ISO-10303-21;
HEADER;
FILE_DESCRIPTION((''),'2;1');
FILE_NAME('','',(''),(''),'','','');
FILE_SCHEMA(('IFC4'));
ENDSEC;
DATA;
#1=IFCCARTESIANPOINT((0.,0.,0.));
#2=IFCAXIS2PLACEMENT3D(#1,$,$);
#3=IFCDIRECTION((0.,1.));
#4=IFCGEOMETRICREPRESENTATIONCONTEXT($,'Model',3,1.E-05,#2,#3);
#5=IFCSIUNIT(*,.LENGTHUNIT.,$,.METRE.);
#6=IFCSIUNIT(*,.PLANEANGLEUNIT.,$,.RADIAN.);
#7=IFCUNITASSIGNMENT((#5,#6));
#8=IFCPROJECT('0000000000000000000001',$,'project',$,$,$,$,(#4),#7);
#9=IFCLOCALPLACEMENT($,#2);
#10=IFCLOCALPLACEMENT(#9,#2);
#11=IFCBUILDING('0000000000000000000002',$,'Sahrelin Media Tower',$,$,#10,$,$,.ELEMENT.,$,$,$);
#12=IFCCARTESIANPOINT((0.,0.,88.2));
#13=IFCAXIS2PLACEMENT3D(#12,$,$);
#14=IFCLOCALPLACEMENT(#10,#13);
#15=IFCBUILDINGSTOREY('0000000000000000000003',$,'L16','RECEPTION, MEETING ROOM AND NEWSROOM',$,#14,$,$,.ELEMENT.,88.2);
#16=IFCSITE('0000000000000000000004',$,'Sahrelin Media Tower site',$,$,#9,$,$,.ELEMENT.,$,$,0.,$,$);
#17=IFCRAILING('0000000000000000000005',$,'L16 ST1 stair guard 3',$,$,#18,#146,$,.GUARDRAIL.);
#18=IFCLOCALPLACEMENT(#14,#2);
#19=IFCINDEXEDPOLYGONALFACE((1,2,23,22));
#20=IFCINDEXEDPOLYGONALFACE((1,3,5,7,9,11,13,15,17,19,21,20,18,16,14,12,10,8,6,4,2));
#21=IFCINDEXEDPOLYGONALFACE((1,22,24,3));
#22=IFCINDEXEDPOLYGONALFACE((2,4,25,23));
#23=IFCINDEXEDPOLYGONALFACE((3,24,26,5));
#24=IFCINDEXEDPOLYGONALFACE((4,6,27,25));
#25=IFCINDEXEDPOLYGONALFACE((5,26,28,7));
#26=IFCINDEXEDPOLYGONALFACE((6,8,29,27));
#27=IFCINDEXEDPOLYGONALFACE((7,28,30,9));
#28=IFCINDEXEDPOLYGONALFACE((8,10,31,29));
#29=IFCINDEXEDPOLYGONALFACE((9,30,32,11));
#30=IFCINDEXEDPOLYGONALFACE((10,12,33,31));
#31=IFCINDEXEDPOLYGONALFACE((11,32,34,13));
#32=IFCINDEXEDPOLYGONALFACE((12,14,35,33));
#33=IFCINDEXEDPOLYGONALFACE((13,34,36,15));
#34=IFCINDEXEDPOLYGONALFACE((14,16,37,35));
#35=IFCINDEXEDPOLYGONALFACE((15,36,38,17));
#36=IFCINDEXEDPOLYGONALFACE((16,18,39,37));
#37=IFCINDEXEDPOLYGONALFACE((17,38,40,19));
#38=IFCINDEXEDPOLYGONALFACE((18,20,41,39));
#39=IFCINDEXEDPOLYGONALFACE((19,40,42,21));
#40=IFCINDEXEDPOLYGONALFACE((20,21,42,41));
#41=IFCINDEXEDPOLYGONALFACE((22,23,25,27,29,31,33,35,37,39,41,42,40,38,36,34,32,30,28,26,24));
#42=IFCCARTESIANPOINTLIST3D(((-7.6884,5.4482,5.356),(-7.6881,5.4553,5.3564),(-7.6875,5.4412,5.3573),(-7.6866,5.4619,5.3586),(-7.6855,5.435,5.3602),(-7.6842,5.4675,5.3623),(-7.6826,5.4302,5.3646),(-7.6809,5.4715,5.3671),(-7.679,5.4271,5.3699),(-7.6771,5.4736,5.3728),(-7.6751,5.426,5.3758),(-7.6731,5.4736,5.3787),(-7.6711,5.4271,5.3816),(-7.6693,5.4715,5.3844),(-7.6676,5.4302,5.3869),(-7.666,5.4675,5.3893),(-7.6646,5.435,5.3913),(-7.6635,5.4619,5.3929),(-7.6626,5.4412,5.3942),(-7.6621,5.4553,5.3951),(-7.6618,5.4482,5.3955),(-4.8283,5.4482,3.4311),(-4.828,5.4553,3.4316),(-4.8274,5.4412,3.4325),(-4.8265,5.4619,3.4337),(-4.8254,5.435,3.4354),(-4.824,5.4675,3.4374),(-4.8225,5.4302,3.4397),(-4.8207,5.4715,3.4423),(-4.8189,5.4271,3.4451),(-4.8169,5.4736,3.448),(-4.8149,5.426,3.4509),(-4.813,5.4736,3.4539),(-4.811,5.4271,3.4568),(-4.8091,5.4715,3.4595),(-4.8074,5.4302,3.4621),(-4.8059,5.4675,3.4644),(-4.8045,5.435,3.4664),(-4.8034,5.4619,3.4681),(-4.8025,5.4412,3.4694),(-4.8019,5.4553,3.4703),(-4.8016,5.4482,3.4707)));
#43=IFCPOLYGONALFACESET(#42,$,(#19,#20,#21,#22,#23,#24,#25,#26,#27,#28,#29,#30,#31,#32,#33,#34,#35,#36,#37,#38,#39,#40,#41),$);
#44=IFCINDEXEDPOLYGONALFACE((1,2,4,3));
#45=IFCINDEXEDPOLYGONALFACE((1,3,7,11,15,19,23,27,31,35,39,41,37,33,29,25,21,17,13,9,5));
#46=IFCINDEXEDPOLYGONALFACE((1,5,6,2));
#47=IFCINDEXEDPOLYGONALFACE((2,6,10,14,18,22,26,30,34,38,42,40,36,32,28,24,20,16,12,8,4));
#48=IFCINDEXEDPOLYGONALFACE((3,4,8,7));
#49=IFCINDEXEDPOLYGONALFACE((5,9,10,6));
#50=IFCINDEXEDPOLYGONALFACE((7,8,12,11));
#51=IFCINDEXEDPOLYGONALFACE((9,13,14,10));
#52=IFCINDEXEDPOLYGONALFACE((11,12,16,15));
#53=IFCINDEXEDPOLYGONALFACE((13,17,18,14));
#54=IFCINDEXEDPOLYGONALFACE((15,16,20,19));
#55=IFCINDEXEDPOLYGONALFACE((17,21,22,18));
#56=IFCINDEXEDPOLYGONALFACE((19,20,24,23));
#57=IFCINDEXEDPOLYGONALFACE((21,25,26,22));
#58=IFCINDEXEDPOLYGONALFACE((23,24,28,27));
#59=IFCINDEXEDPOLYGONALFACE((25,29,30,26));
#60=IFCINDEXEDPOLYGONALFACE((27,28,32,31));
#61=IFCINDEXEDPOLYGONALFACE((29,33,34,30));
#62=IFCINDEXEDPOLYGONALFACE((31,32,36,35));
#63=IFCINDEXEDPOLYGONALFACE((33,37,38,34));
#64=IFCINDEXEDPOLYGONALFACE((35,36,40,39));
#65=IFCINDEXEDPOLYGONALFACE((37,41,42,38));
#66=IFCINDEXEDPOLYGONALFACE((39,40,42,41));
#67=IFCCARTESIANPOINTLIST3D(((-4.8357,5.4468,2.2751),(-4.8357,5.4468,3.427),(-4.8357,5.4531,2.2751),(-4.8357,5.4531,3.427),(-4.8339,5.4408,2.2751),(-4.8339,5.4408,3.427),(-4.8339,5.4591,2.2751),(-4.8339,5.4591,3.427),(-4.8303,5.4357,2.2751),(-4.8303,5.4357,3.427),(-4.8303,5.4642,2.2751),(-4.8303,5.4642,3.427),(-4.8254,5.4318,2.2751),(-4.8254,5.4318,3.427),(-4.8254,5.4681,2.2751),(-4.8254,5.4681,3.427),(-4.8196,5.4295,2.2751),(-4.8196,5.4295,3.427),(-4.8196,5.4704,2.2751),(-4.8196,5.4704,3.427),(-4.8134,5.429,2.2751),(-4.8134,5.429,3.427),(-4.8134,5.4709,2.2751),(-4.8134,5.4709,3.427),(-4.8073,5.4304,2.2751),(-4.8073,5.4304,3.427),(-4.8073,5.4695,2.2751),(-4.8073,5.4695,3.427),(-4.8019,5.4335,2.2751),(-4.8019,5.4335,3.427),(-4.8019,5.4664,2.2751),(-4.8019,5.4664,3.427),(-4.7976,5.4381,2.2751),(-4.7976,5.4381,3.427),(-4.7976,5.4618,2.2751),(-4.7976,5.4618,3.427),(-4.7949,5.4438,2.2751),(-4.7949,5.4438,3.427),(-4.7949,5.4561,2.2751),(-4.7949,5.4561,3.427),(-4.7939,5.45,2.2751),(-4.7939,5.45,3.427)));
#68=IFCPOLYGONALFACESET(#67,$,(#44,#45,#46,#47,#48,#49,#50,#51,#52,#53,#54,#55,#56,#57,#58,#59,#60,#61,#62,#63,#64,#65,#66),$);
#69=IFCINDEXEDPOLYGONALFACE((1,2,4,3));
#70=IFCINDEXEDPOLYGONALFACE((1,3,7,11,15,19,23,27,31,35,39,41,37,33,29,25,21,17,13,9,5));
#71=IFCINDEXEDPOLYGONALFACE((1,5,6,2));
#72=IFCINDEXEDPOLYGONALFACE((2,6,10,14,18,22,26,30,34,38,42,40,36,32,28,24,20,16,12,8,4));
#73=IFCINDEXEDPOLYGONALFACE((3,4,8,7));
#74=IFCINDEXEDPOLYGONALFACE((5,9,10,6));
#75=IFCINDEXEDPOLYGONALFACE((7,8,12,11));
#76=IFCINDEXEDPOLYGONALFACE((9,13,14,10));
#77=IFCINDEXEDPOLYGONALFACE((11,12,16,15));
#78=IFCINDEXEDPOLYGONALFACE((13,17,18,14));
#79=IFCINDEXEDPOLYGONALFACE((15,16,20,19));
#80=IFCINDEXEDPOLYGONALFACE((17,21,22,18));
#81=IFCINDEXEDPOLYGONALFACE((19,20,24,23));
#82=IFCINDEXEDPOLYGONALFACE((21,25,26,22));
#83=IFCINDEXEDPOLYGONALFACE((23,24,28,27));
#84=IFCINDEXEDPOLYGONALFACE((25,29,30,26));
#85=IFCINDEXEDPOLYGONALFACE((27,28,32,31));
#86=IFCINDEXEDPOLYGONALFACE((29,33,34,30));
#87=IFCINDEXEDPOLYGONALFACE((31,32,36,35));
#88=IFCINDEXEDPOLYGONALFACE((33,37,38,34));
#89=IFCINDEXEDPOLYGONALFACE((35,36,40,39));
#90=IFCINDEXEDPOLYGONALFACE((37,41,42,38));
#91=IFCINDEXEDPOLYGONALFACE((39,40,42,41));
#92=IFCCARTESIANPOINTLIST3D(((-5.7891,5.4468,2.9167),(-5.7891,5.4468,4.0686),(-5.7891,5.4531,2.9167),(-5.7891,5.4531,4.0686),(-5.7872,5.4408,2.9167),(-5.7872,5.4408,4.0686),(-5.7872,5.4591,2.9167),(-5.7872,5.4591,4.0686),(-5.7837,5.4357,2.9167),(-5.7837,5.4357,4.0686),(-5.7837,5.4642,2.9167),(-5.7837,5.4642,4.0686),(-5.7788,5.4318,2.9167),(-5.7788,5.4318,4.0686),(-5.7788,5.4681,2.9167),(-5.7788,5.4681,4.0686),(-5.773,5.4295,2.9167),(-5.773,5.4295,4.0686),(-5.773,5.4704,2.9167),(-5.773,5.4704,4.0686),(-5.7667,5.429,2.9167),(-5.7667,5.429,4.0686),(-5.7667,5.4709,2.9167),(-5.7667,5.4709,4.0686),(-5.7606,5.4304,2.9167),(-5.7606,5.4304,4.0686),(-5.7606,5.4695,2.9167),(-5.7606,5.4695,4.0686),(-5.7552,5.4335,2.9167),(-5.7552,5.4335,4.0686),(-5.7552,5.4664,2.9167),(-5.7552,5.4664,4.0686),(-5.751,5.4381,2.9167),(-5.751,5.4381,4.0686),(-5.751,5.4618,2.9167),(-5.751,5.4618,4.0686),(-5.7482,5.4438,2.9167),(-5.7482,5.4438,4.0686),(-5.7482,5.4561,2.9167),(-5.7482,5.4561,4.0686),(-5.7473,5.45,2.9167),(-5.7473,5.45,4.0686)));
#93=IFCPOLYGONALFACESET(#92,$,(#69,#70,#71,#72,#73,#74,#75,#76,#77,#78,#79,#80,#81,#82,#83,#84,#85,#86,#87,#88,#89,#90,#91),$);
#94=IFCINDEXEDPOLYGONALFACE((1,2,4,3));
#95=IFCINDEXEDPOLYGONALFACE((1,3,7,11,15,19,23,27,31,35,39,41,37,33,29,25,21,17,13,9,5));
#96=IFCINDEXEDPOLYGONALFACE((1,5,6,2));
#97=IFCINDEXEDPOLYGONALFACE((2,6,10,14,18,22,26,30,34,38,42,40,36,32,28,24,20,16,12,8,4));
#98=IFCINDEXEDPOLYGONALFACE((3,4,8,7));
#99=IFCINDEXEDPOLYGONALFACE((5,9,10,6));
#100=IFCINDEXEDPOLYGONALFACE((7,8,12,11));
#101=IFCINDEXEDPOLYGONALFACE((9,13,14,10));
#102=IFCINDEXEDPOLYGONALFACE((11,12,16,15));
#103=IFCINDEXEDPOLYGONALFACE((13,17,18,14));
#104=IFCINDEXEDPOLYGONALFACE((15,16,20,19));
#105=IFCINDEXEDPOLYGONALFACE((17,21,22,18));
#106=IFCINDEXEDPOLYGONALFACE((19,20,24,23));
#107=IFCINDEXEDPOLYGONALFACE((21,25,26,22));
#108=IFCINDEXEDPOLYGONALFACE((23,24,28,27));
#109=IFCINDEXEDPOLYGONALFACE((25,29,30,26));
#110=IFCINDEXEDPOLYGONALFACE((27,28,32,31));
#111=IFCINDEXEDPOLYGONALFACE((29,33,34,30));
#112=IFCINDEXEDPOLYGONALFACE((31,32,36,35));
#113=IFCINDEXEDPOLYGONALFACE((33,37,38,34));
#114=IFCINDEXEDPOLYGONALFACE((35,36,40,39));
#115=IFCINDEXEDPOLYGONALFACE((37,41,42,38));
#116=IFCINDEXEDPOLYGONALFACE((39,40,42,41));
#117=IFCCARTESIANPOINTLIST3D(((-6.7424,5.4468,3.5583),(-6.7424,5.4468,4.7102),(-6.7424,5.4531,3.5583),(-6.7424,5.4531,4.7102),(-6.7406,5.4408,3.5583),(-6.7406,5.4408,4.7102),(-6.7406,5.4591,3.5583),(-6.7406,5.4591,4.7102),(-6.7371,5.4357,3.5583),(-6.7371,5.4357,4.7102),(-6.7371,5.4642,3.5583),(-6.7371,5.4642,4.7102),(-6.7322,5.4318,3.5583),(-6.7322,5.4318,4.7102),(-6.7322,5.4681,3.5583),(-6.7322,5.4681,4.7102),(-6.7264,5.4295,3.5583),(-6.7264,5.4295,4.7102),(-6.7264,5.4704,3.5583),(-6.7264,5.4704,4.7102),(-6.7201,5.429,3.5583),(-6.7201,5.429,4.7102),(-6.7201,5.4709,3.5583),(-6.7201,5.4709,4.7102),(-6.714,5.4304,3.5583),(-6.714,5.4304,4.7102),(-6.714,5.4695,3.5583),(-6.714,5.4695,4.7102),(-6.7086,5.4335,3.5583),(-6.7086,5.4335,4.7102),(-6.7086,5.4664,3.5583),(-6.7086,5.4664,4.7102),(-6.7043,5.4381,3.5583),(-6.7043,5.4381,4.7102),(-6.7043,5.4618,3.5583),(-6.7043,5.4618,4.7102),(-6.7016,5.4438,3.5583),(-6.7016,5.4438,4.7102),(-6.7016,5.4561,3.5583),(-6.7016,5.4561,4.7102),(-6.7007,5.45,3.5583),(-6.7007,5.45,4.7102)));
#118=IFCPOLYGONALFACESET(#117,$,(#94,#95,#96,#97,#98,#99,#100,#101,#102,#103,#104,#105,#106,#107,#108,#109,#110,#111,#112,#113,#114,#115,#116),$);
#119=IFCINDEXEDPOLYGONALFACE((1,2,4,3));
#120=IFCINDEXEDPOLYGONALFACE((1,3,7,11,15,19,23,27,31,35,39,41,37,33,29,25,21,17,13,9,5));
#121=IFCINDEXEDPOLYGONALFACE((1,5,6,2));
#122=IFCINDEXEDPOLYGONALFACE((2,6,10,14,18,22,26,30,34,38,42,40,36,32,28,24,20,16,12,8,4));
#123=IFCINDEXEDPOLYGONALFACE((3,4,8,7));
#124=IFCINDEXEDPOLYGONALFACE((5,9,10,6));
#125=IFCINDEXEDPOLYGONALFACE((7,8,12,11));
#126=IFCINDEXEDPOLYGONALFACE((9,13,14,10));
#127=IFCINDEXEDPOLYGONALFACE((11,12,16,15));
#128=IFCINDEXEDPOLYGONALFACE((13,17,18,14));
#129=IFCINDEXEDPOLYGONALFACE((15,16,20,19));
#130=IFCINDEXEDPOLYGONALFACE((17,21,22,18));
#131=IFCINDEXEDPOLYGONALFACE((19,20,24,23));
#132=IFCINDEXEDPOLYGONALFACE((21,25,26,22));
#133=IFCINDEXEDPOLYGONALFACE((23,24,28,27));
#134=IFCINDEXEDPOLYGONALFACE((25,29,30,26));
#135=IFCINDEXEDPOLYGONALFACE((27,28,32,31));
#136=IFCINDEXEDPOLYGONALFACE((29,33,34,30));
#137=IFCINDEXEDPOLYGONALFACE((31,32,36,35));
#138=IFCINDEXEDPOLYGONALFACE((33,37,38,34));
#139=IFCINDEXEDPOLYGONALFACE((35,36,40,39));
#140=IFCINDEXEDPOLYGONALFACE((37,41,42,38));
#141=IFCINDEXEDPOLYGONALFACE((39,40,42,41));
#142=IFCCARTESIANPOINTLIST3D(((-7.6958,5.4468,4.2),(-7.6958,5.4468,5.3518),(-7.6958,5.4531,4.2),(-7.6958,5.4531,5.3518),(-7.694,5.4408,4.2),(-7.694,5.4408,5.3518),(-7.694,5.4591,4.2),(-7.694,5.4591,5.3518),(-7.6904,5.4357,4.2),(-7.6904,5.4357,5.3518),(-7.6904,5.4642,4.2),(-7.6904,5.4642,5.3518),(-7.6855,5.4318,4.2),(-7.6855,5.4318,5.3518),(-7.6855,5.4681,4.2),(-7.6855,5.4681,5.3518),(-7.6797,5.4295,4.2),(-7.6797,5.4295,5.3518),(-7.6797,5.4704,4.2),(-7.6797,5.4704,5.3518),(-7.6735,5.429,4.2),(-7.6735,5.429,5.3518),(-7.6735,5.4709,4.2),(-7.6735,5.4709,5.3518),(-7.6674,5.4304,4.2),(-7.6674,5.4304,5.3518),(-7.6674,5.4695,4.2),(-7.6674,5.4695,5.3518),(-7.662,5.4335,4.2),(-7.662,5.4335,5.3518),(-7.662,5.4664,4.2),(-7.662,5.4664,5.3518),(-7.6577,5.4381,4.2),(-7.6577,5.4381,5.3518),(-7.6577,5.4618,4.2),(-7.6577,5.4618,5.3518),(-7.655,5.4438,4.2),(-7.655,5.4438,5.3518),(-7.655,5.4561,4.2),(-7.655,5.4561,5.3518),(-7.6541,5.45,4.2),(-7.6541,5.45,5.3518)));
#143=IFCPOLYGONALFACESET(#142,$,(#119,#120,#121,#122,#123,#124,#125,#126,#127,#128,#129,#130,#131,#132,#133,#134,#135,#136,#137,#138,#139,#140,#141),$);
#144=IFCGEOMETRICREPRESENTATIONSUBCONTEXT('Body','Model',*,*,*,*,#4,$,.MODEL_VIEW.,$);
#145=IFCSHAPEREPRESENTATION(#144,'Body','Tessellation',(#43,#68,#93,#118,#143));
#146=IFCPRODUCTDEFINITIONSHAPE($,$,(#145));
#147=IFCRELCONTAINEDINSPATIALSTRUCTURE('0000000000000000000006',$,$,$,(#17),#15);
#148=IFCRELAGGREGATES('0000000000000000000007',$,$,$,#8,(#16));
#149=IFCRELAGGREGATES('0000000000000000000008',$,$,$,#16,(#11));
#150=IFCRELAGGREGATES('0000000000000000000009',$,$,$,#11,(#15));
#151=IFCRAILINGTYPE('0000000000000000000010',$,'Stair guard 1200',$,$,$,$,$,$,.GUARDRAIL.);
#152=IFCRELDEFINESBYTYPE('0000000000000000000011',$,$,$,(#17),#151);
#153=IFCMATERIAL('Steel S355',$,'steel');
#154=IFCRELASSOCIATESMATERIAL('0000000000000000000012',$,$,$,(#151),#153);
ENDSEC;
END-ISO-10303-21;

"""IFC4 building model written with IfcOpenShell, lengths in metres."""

from ifc_helpers import new_model, si_unit, direction, frame, origin, origin_2d, place, context, subcontext, project, spatial, circle, extrude, material, type_object, element, save


model = new_model("IFC4")

# Units and contexts
model_context = context("Model", 3, precision=1e-05, world=origin(), true_north=direction((0.0, 1.0)))
body_context = subcontext(model_context, "Body", "Model", "MODEL_VIEW")
ifc_project = project(units=[si_unit("LENGTHUNIT", "METRE"), si_unit("PLANEANGLEUNIT", "RADIAN")], contexts=[model_context])

# Site, building, storey
site_placement = place(None, origin())
site = spatial("IfcSite", under=ifc_project, at=site_placement, Name="Sahrelin Media Tower site", CompositionType="ELEMENT", RefElevation=0.0)
building_placement = place(site_placement, origin())
building = spatial("IfcBuilding", under=site, at=building_placement, Name="Sahrelin Media Tower", CompositionType="ELEMENT")
storey_placement = place(building_placement, frame((0.0, 0.0, 88.2)))
storey = spatial("IfcBuildingStorey", under=building, at=storey_placement, Name="L16", Description="RECEPTION, MEETING ROOM AND NEWSROOM", CompositionType="ELEMENT", Elevation=88.2)

# Shared definitions
ifc_material_1 = material(Name="Steel S355", Category="steel")

# Railing
railing_type_1 = type_object("IfcRailingType", Name="Stair guard 1200", PredefinedType="GUARDRAIL", material=ifc_material_1)
railing_1_placement = place(storey_placement, frame((-4.8149, 5.45, 2.2751)))
element("IfcRailing", 1, at=railing_1_placement, inside=storey, type_object=railing_type_1, Name="L16 ST1 stair guard 3", PredefinedType="GUARDRAIL", context=body_context, shape_type="SweptSolid", body=[
    extrude(circle(Radius=0.0239, at=origin_2d()), frame((0.0, 0.0, 1.1758), z_axis=(-0.829624, 0.0, 0.558323), x_axis=(0.0, -1.0, 0.0)), (0.0, 0.0, 1.0), 3.4475),
    extrude(circle(Radius=0.021, at=origin_2d()), origin(), (0.0, 0.0, 1.0), 1.1519),
    extrude(circle(Radius=0.021, at=origin_2d()), frame((-0.9534, 0.0, 0.6416)), (0.0, 0.0, 1.0), 1.1519),
    extrude(circle(Radius=0.021, at=origin_2d()), frame((-1.9067, 0.0, 1.2832)), (0.0, 0.0, 1.0), 1.1519),
    extrude(circle(Radius=0.021, at=origin_2d()), frame((-2.8601, 0.0, 1.9248)), (0.0, 0.0, 1.0), 1.1519),
])

save(model, "model.ifc")
